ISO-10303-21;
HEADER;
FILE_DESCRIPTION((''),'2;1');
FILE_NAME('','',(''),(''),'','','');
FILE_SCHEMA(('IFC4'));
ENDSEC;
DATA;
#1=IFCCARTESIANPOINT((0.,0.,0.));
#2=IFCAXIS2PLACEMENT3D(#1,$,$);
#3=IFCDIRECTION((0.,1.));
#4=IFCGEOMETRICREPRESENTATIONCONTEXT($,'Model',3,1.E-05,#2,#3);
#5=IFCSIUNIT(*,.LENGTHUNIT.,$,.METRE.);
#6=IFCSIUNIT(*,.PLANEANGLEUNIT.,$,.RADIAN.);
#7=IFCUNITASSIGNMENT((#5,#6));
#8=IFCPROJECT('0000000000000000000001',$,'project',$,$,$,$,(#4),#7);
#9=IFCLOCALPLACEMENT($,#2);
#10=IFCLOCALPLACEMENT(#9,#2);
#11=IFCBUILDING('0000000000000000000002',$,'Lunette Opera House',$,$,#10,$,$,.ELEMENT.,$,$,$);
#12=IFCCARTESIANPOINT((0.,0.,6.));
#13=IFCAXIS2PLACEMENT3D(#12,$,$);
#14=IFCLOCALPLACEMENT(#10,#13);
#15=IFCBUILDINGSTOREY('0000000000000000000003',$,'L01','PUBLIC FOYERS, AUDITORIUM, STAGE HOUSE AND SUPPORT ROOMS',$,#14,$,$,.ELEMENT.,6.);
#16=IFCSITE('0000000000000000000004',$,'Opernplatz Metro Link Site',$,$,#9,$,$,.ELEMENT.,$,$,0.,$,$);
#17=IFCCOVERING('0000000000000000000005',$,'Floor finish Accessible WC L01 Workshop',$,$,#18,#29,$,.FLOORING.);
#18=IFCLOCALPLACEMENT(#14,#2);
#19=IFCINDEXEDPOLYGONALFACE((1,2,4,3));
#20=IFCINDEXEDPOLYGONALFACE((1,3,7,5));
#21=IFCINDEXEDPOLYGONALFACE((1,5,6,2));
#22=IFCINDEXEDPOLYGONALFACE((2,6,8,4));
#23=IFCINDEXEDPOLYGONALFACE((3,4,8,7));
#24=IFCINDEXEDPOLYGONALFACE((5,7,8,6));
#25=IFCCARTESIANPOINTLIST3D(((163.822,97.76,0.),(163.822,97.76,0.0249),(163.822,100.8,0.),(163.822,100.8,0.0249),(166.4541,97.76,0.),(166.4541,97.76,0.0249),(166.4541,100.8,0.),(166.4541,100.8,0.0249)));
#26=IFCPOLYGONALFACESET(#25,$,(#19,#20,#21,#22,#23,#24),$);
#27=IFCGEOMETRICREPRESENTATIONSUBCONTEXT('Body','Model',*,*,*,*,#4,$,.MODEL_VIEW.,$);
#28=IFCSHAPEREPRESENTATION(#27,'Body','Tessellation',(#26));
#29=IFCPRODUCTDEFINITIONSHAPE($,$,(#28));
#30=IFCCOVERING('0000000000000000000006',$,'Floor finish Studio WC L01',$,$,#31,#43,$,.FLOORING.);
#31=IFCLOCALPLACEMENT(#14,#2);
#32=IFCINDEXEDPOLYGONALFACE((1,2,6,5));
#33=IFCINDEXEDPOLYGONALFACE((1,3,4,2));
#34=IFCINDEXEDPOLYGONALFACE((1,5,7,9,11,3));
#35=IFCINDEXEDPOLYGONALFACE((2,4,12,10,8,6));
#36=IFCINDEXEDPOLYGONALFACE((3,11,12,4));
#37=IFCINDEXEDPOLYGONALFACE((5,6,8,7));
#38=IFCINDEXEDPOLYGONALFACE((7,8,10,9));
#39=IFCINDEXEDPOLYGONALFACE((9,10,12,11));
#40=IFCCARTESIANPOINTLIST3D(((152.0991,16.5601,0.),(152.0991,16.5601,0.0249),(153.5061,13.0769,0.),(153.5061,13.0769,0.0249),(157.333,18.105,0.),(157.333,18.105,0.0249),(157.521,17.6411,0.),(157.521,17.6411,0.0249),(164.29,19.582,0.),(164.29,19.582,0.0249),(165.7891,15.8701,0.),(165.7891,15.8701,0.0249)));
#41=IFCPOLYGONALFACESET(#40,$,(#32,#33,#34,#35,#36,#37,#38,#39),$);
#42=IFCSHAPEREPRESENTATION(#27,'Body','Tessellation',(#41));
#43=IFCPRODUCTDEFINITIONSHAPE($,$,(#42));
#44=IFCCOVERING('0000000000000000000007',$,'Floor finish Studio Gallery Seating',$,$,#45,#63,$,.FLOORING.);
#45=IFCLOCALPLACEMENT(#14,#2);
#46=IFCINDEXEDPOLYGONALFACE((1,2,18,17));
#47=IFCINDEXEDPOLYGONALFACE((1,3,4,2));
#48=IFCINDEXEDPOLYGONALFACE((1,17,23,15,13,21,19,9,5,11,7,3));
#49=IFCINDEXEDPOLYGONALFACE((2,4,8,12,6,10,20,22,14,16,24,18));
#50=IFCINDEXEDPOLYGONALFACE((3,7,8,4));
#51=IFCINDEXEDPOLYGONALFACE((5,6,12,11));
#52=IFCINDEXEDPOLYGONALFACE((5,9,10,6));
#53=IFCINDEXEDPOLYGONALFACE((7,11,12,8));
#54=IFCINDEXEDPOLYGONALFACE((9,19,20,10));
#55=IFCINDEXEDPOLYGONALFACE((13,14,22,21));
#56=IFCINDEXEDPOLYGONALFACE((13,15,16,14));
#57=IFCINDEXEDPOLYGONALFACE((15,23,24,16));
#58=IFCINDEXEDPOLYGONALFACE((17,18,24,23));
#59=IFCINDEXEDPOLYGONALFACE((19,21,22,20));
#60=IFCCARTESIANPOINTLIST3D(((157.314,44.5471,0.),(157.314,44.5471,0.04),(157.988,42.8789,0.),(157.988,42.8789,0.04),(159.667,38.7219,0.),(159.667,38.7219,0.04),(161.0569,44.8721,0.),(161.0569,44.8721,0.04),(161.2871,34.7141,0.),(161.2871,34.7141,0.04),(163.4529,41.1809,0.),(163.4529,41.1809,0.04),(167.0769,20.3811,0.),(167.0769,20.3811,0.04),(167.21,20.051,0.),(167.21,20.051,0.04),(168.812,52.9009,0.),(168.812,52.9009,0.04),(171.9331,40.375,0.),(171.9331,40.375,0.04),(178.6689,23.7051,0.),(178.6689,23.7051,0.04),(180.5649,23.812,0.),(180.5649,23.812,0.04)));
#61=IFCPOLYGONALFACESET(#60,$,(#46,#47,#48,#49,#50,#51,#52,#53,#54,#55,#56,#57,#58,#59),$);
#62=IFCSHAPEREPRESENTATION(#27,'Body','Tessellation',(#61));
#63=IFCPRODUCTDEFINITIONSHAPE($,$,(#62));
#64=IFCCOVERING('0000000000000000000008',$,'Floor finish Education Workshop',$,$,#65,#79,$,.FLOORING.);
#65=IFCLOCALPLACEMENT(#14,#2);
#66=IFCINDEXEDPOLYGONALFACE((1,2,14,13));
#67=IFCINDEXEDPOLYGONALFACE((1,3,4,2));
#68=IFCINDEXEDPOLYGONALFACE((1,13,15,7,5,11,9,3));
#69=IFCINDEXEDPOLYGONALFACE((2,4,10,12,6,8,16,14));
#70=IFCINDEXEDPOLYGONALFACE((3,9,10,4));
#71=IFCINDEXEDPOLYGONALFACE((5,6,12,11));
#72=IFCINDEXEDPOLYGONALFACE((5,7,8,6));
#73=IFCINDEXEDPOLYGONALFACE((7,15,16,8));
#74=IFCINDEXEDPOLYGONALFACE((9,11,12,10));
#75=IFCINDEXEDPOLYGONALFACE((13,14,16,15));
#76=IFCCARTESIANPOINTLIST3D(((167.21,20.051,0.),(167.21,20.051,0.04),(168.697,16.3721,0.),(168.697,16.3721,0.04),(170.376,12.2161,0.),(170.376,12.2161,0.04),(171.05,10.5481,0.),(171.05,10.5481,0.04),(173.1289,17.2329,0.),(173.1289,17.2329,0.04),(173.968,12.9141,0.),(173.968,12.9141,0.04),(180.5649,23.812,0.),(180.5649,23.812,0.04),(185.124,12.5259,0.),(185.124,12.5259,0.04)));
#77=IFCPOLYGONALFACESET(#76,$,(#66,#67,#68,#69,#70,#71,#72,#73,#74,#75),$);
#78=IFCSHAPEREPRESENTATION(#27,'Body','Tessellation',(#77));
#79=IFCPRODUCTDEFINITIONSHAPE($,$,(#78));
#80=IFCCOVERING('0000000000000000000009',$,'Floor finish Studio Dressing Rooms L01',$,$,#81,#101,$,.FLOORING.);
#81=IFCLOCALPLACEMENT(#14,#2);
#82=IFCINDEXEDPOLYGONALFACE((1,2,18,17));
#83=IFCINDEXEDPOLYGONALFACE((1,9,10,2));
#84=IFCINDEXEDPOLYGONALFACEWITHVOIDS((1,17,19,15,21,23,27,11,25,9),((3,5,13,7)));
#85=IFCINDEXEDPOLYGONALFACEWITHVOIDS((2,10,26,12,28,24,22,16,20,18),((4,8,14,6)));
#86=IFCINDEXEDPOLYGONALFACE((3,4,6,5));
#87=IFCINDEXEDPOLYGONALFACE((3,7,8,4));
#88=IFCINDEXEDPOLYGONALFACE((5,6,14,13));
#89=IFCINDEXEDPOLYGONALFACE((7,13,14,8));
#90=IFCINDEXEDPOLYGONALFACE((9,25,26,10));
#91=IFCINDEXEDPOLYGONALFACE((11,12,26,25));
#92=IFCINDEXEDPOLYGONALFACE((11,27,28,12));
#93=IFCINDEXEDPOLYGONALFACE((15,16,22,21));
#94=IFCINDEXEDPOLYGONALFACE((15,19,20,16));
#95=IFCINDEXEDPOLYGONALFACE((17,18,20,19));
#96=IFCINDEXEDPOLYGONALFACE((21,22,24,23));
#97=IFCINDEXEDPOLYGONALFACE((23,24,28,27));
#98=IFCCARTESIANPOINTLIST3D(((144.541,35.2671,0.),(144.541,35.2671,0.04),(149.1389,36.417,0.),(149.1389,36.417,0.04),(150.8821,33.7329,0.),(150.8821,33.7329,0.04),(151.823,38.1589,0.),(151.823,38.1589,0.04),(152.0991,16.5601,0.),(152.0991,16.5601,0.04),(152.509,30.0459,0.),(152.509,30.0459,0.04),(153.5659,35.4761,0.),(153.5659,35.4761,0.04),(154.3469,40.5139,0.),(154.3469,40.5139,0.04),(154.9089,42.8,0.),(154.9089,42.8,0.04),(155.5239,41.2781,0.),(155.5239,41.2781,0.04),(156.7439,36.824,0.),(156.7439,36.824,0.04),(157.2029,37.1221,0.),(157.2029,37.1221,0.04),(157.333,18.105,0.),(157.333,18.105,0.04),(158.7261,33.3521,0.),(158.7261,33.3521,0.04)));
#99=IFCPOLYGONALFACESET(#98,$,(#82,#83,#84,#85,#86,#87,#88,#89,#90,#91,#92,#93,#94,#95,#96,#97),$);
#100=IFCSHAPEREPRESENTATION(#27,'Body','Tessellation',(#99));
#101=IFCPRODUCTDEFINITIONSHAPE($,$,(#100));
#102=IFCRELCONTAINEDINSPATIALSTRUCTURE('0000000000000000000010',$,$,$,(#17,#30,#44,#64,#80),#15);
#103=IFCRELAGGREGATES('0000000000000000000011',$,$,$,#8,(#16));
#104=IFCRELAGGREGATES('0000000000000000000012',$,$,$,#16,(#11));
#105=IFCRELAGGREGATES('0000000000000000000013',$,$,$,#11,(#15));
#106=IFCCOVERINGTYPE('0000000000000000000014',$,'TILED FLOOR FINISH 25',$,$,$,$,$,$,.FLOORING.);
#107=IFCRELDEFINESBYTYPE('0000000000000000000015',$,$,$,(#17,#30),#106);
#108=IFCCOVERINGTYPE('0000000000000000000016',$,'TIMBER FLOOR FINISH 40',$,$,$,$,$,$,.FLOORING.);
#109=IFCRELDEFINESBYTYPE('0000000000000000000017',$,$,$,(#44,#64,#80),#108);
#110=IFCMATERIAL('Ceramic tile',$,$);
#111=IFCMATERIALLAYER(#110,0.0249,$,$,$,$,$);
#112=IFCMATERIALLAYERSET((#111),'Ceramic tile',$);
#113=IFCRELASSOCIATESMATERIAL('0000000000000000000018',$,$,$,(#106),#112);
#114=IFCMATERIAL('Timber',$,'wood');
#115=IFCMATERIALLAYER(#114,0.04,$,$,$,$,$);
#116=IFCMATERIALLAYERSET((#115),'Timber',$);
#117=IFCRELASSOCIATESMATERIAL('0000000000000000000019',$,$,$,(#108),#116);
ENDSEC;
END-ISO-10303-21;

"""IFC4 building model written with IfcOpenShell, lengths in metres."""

from ifc_helpers import new_model, si_unit, direction, frame, origin, place, context, subcontext, project, spatial, polyline, outline, extrude, material, layer, layer_set, type_object, element, save


model = new_model("IFC4")

# Units and contexts
model_context = context("Model", 3, precision=1e-05, world=origin(), true_north=direction((0.0, 1.0)))
body_context = subcontext(model_context, "Body", "Model", "MODEL_VIEW")
ifc_project = project(units=[si_unit("LENGTHUNIT", "METRE"), si_unit("PLANEANGLEUNIT", "RADIAN")], contexts=[model_context])

# Site, building, storey
site_placement = place(None, origin())
site = spatial("IfcSite", under=ifc_project, at=site_placement, Name="Opernplatz Metro Link Site", CompositionType="ELEMENT", RefElevation=0.0)
building_placement = place(site_placement, origin())
building = spatial("IfcBuilding", under=site, at=building_placement, Name="Lunette Opera House", CompositionType="ELEMENT")
storey_placement = place(building_placement, frame((0.0, 0.0, 6.0)))
storey = spatial("IfcBuildingStorey", under=building, at=storey_placement, Name="L01", Description="PUBLIC FOYERS, AUDITORIUM, STAGE HOUSE AND SUPPORT ROOMS", CompositionType="ELEMENT", Elevation=6.0)

# Coverings
ifc_material_1 = material(Name="Ceramic tile")
ifc_layer_1 = layer(ifc_material_1, 0.0249)
ifc_layer_set_1 = layer_set([ifc_layer_1], Name="Ceramic tile")
covering_type_1 = type_object("IfcCoveringType", Name="TILED FLOOR FINISH 25", PredefinedType="FLOORING", material=ifc_layer_set_1)
covering_1_placement = place(storey_placement, origin())
element("IfcCovering", 1, at=covering_1_placement, inside=storey, type_object=covering_type_1, Name="Floor finish Accessible WC L01 Workshop", PredefinedType="FLOORING", context=body_context, shape_type="SweptSolid", body=[
    extrude(outline(polyline([(163.822, 100.8), (166.4541, 100.8), (166.4541, 97.76), (163.822, 97.76), (163.822, 100.8)])), origin(), (0.0, 0.0, 1.0), 0.0249),
])
covering_2_placement = place(storey_placement, origin())
element("IfcCovering", 2, at=covering_2_placement, inside=storey, type_object=covering_type_1, Name="Floor finish Studio WC L01", PredefinedType="FLOORING", context=body_context, shape_type="SweptSolid", body=[
    extrude(outline(polyline([(164.29, 19.582), (165.7891, 15.8701), (153.5061, 13.0769), (152.0991, 16.5601), (157.333, 18.105), (157.521, 17.6411), (164.29, 19.582)])), origin(), (0.0, 0.0, 1.0), 0.0249),
])
ifc_material_2 = material(Name="Timber", Category="wood")
ifc_layer_2 = layer(ifc_material_2, 0.04)
ifc_layer_set_2 = layer_set([ifc_layer_2], Name="Timber")
covering_type_2 = type_object("IfcCoveringType", Name="TIMBER FLOOR FINISH 40", PredefinedType="FLOORING", material=ifc_layer_set_2)
covering_3_placement = place(storey_placement, origin())
element("IfcCovering", 3, at=covering_3_placement, inside=storey, type_object=covering_type_2, Name="Floor finish Studio Gallery Seating", PredefinedType="FLOORING", context=body_context, shape_type="SweptSolid", body=[
    extrude(outline(polyline([(167.0769, 20.3811), (178.6689, 23.7051), (171.9331, 40.375), (161.2871, 34.7141), (159.667, 38.7219), (163.4529, 41.1809), (161.0569, 44.8721), (157.988, 42.8789), (157.314, 44.5471), (168.812, 52.9009), (180.5649, 23.812), (167.21, 20.051), (167.0769, 20.3811)])), origin(), (0.0, 0.0, 1.0), 0.04),
])
covering_4_placement = place(storey_placement, origin())
element("IfcCovering", 4, at=covering_4_placement, inside=storey, type_object=covering_type_2, Name="Floor finish Education Workshop", PredefinedType="FLOORING", context=body_context, shape_type="SweptSolid", body=[
    extrude(outline(polyline([(171.05, 10.5481), (170.376, 12.2161), (173.968, 12.9141), (173.1289, 17.2329), (168.697, 16.3721), (167.21, 20.051), (180.5649, 23.812), (185.124, 12.5259), (171.05, 10.5481)])), origin(), (0.0, 0.0, 1.0), 0.04),
])
covering_5_placement = place(storey_placement, origin())
element("IfcCovering", 5, at=covering_5_placement, inside=storey, type_object=covering_type_2, Name="Floor finish Studio Dressing Rooms L01", PredefinedType="FLOORING", context=body_context, shape_type="SweptSolid", body=[
    extrude(outline(polyline([(155.5239, 41.2781), (154.3469, 40.5139), (156.7439, 36.824), (157.2029, 37.1221), (158.7261, 33.3521), (152.509, 30.0459), (157.333, 18.105), (152.0991, 16.5601), (144.541, 35.2671), (154.9089, 42.8), (155.5239, 41.2781)]), holes=[polyline([(153.5659, 35.4761), (151.823, 38.1589), (149.1389, 36.417), (150.8821, 33.7329), (153.5659, 35.4761)])]), origin(), (0.0, 0.0, 1.0), 0.04),
])

save(model, "model.ifc")
